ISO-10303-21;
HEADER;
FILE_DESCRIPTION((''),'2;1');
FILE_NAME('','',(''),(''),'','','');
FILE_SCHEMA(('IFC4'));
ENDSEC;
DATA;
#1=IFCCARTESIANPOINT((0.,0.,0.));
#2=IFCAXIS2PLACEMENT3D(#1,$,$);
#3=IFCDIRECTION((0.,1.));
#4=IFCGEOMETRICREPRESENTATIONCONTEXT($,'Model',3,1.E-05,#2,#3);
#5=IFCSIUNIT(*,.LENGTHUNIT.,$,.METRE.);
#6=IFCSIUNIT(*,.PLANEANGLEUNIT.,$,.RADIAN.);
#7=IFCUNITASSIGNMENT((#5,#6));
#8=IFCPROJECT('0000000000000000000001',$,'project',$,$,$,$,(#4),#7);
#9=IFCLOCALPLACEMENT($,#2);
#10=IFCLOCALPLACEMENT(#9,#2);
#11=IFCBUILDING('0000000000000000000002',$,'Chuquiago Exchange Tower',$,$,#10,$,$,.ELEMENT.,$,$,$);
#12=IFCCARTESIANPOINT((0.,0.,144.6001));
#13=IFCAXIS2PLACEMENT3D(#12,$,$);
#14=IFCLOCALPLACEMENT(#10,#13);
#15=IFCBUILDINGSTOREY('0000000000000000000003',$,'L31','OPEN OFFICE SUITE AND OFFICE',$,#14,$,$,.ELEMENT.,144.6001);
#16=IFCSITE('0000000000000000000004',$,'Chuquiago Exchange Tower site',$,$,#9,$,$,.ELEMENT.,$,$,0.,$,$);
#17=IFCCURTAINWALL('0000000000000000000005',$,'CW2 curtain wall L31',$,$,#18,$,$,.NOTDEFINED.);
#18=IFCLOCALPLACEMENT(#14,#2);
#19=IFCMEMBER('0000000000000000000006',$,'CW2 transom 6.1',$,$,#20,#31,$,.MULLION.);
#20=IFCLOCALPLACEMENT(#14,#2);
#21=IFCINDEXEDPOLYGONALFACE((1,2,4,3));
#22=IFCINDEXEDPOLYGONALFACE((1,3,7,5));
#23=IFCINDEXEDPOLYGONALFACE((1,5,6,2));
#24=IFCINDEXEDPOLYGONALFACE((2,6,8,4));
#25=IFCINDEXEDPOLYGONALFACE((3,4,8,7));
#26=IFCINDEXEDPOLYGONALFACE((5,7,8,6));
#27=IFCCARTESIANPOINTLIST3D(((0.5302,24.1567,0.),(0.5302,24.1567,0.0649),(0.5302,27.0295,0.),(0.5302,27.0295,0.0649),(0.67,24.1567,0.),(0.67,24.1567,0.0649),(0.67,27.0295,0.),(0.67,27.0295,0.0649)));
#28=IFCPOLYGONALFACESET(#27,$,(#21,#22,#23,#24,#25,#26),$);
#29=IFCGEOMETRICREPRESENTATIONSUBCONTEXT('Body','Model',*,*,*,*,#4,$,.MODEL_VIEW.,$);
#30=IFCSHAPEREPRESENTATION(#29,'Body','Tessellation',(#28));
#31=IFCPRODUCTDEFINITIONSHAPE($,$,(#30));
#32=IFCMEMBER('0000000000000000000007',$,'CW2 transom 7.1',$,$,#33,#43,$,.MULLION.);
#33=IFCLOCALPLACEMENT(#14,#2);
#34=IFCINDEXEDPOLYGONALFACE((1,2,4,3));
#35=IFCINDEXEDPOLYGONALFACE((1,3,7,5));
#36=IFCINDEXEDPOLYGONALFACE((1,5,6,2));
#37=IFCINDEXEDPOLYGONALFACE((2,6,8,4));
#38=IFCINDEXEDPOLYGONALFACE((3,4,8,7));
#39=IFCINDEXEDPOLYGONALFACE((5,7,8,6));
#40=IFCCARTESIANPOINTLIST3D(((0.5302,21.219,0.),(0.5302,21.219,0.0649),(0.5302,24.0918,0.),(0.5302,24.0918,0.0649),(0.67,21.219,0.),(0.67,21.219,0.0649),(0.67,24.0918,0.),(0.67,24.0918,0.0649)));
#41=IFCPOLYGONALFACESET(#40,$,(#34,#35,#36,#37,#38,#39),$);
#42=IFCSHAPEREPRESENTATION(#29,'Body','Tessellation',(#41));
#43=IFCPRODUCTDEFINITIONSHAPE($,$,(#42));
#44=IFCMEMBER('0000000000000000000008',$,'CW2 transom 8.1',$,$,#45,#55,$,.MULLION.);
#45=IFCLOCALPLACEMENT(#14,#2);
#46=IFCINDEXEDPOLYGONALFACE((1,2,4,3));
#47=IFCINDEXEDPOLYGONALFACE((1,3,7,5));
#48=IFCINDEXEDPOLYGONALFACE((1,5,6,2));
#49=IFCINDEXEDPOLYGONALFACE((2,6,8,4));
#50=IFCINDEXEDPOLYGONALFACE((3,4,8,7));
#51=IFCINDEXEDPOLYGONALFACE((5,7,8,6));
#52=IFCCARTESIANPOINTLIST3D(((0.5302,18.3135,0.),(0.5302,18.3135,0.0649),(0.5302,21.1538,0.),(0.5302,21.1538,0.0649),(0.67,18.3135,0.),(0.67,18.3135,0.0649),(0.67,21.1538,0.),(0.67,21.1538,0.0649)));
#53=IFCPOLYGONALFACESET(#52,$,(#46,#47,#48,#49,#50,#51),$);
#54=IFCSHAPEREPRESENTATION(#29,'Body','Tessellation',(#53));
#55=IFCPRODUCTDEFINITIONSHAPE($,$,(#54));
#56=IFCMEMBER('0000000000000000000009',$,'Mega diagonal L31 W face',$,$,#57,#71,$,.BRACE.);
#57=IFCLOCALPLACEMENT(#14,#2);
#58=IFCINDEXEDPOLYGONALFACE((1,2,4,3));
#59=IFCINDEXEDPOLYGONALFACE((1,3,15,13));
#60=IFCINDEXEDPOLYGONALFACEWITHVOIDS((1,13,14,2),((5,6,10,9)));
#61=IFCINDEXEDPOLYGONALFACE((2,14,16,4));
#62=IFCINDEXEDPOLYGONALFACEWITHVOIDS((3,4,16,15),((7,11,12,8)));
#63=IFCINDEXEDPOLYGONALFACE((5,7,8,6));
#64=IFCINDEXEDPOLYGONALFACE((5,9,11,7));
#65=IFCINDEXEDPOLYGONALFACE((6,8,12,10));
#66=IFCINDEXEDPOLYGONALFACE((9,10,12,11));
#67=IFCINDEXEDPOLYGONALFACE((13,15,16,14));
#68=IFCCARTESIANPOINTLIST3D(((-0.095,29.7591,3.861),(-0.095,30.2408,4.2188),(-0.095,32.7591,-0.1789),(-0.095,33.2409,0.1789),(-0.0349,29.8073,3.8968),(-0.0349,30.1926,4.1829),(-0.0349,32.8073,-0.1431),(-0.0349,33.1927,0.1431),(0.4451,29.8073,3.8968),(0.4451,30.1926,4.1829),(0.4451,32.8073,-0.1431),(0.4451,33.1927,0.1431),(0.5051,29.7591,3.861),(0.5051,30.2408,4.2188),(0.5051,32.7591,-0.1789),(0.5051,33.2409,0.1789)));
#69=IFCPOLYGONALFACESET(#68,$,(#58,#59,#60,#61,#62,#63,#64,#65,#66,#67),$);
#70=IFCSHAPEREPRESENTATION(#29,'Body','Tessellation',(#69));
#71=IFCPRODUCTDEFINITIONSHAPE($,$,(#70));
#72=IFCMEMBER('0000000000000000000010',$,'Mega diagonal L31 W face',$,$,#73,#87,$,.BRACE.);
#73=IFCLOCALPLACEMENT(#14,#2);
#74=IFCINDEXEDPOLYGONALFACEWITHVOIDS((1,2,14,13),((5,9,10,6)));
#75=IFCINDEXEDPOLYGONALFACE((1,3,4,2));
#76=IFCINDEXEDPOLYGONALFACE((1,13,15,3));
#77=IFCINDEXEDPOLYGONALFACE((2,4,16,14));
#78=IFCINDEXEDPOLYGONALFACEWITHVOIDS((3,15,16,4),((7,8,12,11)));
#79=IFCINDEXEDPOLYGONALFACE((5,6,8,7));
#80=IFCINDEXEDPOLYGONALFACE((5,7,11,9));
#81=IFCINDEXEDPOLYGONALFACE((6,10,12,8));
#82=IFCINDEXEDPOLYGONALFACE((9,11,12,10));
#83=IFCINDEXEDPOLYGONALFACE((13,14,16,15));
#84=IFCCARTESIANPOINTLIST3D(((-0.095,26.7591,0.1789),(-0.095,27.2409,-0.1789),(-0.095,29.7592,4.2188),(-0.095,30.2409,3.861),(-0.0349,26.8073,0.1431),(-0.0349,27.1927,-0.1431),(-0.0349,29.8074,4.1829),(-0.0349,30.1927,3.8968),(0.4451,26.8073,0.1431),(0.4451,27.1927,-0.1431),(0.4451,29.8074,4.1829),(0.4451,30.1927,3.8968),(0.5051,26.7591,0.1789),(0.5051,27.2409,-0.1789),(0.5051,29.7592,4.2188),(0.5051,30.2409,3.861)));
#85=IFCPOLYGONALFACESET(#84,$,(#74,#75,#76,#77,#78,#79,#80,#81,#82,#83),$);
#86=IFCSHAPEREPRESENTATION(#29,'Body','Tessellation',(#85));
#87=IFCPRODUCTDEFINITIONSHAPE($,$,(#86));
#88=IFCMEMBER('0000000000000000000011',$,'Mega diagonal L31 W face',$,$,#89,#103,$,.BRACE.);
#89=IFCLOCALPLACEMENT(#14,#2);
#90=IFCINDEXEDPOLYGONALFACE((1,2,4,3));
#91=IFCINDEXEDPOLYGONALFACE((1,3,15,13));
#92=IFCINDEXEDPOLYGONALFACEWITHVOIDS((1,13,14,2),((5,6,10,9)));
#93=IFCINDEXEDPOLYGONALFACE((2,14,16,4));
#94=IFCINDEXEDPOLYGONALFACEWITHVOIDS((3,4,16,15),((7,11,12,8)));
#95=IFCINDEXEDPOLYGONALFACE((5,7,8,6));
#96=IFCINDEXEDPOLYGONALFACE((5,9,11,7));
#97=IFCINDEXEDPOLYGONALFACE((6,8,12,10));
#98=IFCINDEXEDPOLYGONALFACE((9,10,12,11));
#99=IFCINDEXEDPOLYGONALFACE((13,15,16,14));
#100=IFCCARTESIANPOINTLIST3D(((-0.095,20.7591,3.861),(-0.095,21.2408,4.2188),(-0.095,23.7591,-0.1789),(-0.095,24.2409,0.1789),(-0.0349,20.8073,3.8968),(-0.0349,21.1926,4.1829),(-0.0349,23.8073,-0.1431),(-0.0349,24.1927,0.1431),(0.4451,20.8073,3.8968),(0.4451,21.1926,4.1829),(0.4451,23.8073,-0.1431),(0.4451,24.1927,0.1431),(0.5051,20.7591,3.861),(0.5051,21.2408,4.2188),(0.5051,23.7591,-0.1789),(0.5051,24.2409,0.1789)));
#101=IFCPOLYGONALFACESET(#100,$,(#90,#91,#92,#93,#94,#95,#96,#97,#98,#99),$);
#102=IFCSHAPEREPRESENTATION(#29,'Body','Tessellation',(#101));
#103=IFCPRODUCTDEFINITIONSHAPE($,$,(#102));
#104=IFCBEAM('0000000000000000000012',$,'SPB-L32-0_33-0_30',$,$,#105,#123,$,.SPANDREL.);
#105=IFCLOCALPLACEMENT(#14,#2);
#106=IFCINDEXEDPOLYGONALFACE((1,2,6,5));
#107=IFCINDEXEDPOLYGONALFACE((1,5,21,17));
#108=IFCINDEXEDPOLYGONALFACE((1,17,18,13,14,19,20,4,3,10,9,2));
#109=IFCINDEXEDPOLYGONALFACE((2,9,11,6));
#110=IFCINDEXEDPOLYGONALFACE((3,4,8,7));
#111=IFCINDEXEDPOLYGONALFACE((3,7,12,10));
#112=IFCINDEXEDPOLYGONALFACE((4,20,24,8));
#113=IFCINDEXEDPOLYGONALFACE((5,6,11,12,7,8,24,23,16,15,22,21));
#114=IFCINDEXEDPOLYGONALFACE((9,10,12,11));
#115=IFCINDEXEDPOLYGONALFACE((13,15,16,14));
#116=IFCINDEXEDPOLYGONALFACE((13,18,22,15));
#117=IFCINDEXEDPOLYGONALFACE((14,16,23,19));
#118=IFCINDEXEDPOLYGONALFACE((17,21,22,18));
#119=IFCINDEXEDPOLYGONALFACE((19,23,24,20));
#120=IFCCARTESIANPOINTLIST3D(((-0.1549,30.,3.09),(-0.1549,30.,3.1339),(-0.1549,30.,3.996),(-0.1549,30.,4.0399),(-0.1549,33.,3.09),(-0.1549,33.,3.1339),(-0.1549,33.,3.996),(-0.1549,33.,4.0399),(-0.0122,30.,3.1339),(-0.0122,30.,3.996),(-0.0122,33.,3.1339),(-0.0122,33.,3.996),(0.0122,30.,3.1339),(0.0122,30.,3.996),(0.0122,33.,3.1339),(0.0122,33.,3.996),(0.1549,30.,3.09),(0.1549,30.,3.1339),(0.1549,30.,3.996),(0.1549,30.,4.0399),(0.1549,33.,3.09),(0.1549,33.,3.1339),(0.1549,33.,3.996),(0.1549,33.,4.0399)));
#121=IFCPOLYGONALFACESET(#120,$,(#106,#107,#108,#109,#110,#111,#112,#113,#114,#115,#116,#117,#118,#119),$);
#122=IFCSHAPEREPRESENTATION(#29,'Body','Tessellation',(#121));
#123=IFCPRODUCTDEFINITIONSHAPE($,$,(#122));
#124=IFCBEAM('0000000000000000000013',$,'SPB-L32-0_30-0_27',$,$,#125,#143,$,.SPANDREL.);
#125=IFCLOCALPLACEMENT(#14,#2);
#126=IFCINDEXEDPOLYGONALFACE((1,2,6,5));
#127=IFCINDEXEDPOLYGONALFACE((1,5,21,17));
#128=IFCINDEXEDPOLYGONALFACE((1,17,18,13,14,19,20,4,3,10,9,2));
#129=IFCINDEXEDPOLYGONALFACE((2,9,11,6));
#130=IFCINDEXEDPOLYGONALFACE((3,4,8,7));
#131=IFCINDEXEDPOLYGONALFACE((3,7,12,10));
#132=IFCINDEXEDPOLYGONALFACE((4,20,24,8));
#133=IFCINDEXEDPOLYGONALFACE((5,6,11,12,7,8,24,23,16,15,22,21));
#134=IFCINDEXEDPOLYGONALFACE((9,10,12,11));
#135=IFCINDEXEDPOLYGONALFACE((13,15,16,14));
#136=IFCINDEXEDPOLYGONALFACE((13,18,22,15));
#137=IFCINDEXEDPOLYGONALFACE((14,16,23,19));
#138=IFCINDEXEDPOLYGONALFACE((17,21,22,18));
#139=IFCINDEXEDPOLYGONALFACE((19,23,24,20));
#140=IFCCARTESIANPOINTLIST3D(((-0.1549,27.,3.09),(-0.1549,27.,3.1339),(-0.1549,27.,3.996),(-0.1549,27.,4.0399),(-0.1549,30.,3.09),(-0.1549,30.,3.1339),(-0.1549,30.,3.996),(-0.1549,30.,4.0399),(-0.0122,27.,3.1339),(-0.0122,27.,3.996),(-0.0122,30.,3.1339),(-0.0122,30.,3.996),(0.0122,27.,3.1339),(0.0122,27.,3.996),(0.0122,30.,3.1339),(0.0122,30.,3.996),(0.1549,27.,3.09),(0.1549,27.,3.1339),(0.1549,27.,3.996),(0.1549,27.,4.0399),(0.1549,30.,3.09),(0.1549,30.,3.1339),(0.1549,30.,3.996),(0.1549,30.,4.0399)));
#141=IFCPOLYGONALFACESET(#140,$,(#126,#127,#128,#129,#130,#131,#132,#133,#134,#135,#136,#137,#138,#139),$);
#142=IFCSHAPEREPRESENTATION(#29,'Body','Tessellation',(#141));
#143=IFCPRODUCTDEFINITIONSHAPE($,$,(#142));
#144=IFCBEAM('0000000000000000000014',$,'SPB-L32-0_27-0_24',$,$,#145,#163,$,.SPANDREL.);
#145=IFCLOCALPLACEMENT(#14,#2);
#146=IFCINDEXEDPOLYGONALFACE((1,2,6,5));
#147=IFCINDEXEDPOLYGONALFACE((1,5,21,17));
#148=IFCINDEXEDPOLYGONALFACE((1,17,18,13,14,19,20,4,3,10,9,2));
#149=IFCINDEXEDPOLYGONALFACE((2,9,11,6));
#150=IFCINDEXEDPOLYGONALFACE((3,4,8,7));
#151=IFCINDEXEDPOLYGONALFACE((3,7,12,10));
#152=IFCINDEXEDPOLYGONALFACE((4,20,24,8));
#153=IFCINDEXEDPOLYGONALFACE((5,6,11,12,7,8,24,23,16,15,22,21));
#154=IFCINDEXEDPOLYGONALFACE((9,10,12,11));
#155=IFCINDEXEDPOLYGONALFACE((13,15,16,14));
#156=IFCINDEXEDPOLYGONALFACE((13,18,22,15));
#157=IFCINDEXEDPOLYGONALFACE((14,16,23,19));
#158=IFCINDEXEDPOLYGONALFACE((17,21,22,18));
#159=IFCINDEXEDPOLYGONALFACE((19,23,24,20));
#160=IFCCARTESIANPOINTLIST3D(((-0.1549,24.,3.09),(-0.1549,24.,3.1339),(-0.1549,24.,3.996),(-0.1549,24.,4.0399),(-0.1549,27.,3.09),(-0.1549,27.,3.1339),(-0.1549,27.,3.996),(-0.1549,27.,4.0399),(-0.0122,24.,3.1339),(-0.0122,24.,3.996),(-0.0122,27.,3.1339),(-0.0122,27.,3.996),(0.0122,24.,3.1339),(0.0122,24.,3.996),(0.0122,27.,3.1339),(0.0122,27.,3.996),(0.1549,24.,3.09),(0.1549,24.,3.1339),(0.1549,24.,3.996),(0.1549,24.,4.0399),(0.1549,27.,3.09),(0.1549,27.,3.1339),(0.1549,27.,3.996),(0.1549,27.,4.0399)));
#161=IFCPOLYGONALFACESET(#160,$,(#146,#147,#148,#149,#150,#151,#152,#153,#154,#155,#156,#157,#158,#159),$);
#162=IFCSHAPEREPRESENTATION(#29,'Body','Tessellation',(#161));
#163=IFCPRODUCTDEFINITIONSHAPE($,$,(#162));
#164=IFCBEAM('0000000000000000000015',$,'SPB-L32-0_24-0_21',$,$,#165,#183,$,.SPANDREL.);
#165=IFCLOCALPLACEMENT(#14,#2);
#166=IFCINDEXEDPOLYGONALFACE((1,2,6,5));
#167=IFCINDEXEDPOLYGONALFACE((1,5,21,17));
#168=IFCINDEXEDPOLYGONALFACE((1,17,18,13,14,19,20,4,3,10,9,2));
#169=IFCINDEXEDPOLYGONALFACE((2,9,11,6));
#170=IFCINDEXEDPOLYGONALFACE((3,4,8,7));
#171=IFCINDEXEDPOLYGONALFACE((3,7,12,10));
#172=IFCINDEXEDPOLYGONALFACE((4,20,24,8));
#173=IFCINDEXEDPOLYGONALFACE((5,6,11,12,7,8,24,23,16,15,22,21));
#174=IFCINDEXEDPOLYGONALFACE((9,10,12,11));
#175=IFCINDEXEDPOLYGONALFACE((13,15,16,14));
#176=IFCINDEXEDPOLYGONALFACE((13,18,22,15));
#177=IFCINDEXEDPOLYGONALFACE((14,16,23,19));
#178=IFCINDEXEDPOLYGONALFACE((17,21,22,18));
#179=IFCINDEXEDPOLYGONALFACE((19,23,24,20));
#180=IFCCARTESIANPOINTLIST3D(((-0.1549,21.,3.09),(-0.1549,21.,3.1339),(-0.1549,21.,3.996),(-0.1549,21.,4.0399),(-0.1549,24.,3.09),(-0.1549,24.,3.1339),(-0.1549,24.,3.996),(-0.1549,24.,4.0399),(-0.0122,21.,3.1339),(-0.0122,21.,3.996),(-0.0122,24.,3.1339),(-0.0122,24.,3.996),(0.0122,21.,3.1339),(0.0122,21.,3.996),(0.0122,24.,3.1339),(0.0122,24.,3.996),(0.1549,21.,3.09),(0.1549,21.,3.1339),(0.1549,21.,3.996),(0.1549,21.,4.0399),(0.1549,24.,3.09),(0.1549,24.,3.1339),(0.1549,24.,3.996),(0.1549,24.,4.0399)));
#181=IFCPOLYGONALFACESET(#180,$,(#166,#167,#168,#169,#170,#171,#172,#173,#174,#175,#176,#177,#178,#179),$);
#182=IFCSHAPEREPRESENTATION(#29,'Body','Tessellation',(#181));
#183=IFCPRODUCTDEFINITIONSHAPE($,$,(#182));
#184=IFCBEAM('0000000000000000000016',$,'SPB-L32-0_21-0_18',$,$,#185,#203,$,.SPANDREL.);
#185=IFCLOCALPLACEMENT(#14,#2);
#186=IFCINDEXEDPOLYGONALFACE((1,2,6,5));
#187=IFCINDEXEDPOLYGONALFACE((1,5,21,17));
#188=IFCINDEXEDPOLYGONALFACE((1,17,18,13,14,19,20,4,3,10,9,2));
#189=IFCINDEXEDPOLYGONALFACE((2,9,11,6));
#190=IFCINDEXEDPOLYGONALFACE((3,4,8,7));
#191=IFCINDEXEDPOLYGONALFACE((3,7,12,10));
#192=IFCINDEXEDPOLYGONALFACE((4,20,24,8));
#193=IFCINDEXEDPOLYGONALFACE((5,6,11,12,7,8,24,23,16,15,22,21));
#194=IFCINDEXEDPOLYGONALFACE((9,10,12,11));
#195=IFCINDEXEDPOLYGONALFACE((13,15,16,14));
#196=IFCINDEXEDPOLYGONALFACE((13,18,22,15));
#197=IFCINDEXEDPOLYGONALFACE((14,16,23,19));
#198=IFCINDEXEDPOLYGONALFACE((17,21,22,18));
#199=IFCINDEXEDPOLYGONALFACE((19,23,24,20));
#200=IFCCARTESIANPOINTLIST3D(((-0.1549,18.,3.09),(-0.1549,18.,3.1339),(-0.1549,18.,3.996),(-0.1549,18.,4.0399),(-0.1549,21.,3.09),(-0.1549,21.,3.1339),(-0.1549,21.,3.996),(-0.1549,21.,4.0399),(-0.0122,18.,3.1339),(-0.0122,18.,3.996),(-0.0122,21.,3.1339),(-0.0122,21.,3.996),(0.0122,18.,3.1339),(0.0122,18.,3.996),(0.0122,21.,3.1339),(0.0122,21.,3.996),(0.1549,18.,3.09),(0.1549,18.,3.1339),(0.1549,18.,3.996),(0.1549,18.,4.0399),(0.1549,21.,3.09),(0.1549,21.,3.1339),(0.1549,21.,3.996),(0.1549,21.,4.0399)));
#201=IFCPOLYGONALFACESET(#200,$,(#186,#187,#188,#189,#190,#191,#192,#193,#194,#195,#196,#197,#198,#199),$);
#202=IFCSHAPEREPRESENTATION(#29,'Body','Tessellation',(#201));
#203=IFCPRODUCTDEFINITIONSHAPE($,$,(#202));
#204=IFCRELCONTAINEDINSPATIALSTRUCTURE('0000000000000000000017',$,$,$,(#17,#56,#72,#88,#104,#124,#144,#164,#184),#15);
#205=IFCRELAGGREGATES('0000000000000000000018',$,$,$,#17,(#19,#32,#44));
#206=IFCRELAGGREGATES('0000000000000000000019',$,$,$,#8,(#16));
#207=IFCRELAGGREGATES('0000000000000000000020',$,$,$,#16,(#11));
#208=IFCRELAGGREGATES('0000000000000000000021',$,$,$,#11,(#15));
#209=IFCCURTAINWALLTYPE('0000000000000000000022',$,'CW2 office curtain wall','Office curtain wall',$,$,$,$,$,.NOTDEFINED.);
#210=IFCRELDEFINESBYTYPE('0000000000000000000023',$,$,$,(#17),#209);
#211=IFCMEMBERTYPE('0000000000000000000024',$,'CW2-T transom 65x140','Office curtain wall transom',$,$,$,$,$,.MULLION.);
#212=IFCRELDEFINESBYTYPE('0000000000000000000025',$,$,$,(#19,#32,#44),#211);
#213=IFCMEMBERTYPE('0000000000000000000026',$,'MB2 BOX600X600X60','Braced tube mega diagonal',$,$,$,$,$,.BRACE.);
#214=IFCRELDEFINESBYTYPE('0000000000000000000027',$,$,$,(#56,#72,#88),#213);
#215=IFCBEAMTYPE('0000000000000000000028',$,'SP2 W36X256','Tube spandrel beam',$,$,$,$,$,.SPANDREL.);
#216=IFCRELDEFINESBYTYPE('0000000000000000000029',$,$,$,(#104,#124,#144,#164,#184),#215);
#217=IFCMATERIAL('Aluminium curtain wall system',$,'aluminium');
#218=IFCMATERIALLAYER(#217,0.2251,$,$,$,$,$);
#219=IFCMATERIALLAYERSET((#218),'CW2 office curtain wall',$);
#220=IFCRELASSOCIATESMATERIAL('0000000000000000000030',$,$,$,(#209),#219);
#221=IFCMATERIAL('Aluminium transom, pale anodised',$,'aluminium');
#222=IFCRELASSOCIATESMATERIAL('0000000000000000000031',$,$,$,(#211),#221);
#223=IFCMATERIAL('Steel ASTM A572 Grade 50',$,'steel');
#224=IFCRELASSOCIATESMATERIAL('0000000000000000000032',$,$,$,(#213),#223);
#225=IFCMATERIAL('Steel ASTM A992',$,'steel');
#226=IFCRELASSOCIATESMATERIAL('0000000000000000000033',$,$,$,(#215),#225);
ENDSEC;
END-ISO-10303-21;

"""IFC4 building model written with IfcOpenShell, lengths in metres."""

from ifc_helpers import new_model, si_unit, direction, frame, origin, origin_2d, place, context, subcontext, project, spatial, rectangle, hollow_rectangle, i_section, extrude, material, layer, layer_set, material_profile, profile_set, type_object, element, aggregate, save


model = new_model("IFC4")

# Units and contexts
model_context = context("Model", 3, precision=1e-05, world=origin(), true_north=direction((0.0, 1.0)))
body_context = subcontext(model_context, "Body", "Model", "MODEL_VIEW")
ifc_project = project(units=[si_unit("LENGTHUNIT", "METRE"), si_unit("PLANEANGLEUNIT", "RADIAN")], contexts=[model_context])

# Site, building, storey
site_placement = place(None, origin())
site = spatial("IfcSite", under=ifc_project, at=site_placement, Name="Chuquiago Exchange Tower site", CompositionType="ELEMENT", RefElevation=0.0)
building_placement = place(site_placement, origin())
building = spatial("IfcBuilding", under=site, at=building_placement, Name="Chuquiago Exchange Tower", CompositionType="ELEMENT")
storey_placement = place(building_placement, frame((0.0, 0.0, 144.6001)))
storey = spatial("IfcBuildingStorey", under=building, at=storey_placement, Name="L31", Description="OPEN OFFICE SUITE AND OFFICE", CompositionType="ELEMENT", Elevation=144.6001)

# Curtain wall, members
ifc_material_1 = material(Name="Aluminium curtain wall system", Category="aluminium")
ifc_layer_1 = layer(ifc_material_1, 0.2251)
ifc_layer_set_1 = layer_set([ifc_layer_1], Name="CW2 office curtain wall")
curtain_wall_type = type_object("IfcCurtainWallType", Name="CW2 office curtain wall", Description="Office curtain wall", PredefinedType="NOTDEFINED", material=ifc_layer_set_1)
curtain_wall_placement = place(storey_placement, origin())
curtain_wall = element("IfcCurtainWall", 1, at=curtain_wall_placement, inside=storey, type_object=curtain_wall_type, Name="CW2 curtain wall L31", PredefinedType="NOTDEFINED")
ifc_material_2 = material(Name="Aluminium transom, pale anodised", Category="aluminium")
ifc_material_profile_1 = material_profile(ifc_material_2, rectangle(XDim=0.1399, YDim=0.0649, at=origin_2d()), Name="AL 140x65")
ifc_profile_set_1 = profile_set([ifc_material_profile_1], Name="Aluminium transom, pale anodised")
member_type_1 = type_object("IfcMemberType", Name="CW2-T transom 65x140", Description="Office curtain wall transom", PredefinedType="MULLION", material=ifc_profile_set_1)
member_1_placement = place(storey_placement, frame((0.6001, 27.0295, 0.0325), z_axis=(0.0, -1.0, 0.0), x_axis=(1.0, 0.0, 0.0)))
member_1 = element("IfcMember", 2, at=member_1_placement, type_object=member_type_1, Name="CW2 transom 6.1", PredefinedType="MULLION", context=body_context, shape_type="SweptSolid", body=[
    extrude(rectangle(XDim=0.1399, YDim=0.0649, at=origin_2d()), origin(), (0.0, 0.0, 1.0), 2.8728),
])
member_2_placement = place(storey_placement, frame((0.6001, 24.0918, 0.0325), z_axis=(0.0, -1.0, 0.0), x_axis=(1.0, 0.0, 0.0)))
member_2 = element("IfcMember", 3, at=member_2_placement, type_object=member_type_1, Name="CW2 transom 7.1", PredefinedType="MULLION", context=body_context, shape_type="SweptSolid", body=[
    extrude(rectangle(XDim=0.1399, YDim=0.0649, at=origin_2d()), origin(), (0.0, 0.0, 1.0), 2.8728),
])
member_3_placement = place(storey_placement, frame((0.6001, 21.1538, 0.0325), z_axis=(0.0, -1.0, 0.0), x_axis=(1.0, 0.0, 0.0)))
member_3 = element("IfcMember", 4, at=member_3_placement, type_object=member_type_1, Name="CW2 transom 8.1", PredefinedType="MULLION", context=body_context, shape_type="SweptSolid", body=[
    extrude(rectangle(XDim=0.1399, YDim=0.0649, at=origin_2d()), origin(), (0.0, 0.0, 1.0), 2.8403),
])

# Members
ifc_material_3 = material(Name="Steel ASTM A572 Grade 50", Category="steel")
ifc_material_profile_2 = material_profile(ifc_material_3, hollow_rectangle(XDim=0.6001, YDim=0.6001, WallThickness=0.0601, at=origin_2d()), Name="BOX600X600X60")
ifc_profile_set_2 = profile_set([ifc_material_profile_2], Name="Steel ASTM A572 Grade 50")
member_type_2 = type_object("IfcMemberType", Name="MB2 BOX600X600X60", Description="Braced tube mega diagonal", PredefinedType="BRACE", material=ifc_profile_set_2)
for number, where, z_axis, x_axis, name in (
    (5, (0.2051, 33.0, 0.0), (0.0, -0.596197, 0.802838), (1.0, 0.0, 0.0), "Mega diagonal L31 W face"),
    (6, (0.2051, 27.0, 0.0), (0.0, 0.596197, 0.802838), (-1.0, 0.0, 0.0), "Mega diagonal L31 W face"),
    (7, (0.2051, 24.0, 0.0), (0.0, -0.596197, 0.802838), (1.0, 0.0, 0.0), "Mega diagonal L31 W face"),
):
    element("IfcMember", number, at=place(storey_placement, frame(where, z_axis=z_axis, x_axis=x_axis)), inside=storey, type_object=member_type_2, Name=name, PredefinedType="BRACE", context=body_context, shape_type="SweptSolid", body=[
        extrude(hollow_rectangle(XDim=0.6001, YDim=0.6001, WallThickness=0.0601, at=origin_2d()), origin(), (0.0, 0.0, 1.0), 5.032),
    ])

# Beams
ifc_material_4 = material(Name="Steel ASTM A992", Category="steel")
ifc_material_profile_3 = material_profile(ifc_material_4, i_section(OverallWidth=0.3098, OverallDepth=0.95, WebThickness=0.0244, FlangeThickness=0.0439, at=origin_2d()), Name="W36X256")
ifc_profile_set_3 = profile_set([ifc_material_profile_3], Name="Steel ASTM A992")
beam_type = type_object("IfcBeamType", Name="SP2 W36X256", Description="Tube spandrel beam", PredefinedType="SPANDREL", material=ifc_profile_set_3)
for number, where, z_axis, x_axis, name in (
    (8, (0.0, 33.0, 3.5649), (0.0, -1.0, 0.0), (1.0, 0.0, 0.0), "SPB-L32-0_33-0_30"),
    (9, (0.0, 30.0, 3.5649), (0.0, -1.0, 0.0), (1.0, 0.0, 0.0), "SPB-L32-0_30-0_27"),
    (10, (0.0, 27.0, 3.5649), (0.0, -1.0, 0.0), (1.0, 0.0, 0.0), "SPB-L32-0_27-0_24"),
    (11, (0.0, 24.0, 3.5649), (0.0, -1.0, 0.0), (1.0, 0.0, 0.0), "SPB-L32-0_24-0_21"),
    (12, (0.0, 21.0, 3.5649), (0.0, -1.0, 0.0), (1.0, 0.0, 0.0), "SPB-L32-0_21-0_18"),
):
    element("IfcBeam", number, at=place(storey_placement, frame(where, z_axis=z_axis, x_axis=x_axis)), inside=storey, type_object=beam_type, Name=name, PredefinedType="SPANDREL", context=body_context, shape_type="SweptSolid", body=[
        extrude(i_section(OverallWidth=0.3098, OverallDepth=0.95, WebThickness=0.0244, FlangeThickness=0.0439, at=origin_2d()), origin(), (0.0, 0.0, 1.0), 3.0),
    ])

aggregate(curtain_wall, [member_1, member_2, member_3])

save(model, "model.ifc")
